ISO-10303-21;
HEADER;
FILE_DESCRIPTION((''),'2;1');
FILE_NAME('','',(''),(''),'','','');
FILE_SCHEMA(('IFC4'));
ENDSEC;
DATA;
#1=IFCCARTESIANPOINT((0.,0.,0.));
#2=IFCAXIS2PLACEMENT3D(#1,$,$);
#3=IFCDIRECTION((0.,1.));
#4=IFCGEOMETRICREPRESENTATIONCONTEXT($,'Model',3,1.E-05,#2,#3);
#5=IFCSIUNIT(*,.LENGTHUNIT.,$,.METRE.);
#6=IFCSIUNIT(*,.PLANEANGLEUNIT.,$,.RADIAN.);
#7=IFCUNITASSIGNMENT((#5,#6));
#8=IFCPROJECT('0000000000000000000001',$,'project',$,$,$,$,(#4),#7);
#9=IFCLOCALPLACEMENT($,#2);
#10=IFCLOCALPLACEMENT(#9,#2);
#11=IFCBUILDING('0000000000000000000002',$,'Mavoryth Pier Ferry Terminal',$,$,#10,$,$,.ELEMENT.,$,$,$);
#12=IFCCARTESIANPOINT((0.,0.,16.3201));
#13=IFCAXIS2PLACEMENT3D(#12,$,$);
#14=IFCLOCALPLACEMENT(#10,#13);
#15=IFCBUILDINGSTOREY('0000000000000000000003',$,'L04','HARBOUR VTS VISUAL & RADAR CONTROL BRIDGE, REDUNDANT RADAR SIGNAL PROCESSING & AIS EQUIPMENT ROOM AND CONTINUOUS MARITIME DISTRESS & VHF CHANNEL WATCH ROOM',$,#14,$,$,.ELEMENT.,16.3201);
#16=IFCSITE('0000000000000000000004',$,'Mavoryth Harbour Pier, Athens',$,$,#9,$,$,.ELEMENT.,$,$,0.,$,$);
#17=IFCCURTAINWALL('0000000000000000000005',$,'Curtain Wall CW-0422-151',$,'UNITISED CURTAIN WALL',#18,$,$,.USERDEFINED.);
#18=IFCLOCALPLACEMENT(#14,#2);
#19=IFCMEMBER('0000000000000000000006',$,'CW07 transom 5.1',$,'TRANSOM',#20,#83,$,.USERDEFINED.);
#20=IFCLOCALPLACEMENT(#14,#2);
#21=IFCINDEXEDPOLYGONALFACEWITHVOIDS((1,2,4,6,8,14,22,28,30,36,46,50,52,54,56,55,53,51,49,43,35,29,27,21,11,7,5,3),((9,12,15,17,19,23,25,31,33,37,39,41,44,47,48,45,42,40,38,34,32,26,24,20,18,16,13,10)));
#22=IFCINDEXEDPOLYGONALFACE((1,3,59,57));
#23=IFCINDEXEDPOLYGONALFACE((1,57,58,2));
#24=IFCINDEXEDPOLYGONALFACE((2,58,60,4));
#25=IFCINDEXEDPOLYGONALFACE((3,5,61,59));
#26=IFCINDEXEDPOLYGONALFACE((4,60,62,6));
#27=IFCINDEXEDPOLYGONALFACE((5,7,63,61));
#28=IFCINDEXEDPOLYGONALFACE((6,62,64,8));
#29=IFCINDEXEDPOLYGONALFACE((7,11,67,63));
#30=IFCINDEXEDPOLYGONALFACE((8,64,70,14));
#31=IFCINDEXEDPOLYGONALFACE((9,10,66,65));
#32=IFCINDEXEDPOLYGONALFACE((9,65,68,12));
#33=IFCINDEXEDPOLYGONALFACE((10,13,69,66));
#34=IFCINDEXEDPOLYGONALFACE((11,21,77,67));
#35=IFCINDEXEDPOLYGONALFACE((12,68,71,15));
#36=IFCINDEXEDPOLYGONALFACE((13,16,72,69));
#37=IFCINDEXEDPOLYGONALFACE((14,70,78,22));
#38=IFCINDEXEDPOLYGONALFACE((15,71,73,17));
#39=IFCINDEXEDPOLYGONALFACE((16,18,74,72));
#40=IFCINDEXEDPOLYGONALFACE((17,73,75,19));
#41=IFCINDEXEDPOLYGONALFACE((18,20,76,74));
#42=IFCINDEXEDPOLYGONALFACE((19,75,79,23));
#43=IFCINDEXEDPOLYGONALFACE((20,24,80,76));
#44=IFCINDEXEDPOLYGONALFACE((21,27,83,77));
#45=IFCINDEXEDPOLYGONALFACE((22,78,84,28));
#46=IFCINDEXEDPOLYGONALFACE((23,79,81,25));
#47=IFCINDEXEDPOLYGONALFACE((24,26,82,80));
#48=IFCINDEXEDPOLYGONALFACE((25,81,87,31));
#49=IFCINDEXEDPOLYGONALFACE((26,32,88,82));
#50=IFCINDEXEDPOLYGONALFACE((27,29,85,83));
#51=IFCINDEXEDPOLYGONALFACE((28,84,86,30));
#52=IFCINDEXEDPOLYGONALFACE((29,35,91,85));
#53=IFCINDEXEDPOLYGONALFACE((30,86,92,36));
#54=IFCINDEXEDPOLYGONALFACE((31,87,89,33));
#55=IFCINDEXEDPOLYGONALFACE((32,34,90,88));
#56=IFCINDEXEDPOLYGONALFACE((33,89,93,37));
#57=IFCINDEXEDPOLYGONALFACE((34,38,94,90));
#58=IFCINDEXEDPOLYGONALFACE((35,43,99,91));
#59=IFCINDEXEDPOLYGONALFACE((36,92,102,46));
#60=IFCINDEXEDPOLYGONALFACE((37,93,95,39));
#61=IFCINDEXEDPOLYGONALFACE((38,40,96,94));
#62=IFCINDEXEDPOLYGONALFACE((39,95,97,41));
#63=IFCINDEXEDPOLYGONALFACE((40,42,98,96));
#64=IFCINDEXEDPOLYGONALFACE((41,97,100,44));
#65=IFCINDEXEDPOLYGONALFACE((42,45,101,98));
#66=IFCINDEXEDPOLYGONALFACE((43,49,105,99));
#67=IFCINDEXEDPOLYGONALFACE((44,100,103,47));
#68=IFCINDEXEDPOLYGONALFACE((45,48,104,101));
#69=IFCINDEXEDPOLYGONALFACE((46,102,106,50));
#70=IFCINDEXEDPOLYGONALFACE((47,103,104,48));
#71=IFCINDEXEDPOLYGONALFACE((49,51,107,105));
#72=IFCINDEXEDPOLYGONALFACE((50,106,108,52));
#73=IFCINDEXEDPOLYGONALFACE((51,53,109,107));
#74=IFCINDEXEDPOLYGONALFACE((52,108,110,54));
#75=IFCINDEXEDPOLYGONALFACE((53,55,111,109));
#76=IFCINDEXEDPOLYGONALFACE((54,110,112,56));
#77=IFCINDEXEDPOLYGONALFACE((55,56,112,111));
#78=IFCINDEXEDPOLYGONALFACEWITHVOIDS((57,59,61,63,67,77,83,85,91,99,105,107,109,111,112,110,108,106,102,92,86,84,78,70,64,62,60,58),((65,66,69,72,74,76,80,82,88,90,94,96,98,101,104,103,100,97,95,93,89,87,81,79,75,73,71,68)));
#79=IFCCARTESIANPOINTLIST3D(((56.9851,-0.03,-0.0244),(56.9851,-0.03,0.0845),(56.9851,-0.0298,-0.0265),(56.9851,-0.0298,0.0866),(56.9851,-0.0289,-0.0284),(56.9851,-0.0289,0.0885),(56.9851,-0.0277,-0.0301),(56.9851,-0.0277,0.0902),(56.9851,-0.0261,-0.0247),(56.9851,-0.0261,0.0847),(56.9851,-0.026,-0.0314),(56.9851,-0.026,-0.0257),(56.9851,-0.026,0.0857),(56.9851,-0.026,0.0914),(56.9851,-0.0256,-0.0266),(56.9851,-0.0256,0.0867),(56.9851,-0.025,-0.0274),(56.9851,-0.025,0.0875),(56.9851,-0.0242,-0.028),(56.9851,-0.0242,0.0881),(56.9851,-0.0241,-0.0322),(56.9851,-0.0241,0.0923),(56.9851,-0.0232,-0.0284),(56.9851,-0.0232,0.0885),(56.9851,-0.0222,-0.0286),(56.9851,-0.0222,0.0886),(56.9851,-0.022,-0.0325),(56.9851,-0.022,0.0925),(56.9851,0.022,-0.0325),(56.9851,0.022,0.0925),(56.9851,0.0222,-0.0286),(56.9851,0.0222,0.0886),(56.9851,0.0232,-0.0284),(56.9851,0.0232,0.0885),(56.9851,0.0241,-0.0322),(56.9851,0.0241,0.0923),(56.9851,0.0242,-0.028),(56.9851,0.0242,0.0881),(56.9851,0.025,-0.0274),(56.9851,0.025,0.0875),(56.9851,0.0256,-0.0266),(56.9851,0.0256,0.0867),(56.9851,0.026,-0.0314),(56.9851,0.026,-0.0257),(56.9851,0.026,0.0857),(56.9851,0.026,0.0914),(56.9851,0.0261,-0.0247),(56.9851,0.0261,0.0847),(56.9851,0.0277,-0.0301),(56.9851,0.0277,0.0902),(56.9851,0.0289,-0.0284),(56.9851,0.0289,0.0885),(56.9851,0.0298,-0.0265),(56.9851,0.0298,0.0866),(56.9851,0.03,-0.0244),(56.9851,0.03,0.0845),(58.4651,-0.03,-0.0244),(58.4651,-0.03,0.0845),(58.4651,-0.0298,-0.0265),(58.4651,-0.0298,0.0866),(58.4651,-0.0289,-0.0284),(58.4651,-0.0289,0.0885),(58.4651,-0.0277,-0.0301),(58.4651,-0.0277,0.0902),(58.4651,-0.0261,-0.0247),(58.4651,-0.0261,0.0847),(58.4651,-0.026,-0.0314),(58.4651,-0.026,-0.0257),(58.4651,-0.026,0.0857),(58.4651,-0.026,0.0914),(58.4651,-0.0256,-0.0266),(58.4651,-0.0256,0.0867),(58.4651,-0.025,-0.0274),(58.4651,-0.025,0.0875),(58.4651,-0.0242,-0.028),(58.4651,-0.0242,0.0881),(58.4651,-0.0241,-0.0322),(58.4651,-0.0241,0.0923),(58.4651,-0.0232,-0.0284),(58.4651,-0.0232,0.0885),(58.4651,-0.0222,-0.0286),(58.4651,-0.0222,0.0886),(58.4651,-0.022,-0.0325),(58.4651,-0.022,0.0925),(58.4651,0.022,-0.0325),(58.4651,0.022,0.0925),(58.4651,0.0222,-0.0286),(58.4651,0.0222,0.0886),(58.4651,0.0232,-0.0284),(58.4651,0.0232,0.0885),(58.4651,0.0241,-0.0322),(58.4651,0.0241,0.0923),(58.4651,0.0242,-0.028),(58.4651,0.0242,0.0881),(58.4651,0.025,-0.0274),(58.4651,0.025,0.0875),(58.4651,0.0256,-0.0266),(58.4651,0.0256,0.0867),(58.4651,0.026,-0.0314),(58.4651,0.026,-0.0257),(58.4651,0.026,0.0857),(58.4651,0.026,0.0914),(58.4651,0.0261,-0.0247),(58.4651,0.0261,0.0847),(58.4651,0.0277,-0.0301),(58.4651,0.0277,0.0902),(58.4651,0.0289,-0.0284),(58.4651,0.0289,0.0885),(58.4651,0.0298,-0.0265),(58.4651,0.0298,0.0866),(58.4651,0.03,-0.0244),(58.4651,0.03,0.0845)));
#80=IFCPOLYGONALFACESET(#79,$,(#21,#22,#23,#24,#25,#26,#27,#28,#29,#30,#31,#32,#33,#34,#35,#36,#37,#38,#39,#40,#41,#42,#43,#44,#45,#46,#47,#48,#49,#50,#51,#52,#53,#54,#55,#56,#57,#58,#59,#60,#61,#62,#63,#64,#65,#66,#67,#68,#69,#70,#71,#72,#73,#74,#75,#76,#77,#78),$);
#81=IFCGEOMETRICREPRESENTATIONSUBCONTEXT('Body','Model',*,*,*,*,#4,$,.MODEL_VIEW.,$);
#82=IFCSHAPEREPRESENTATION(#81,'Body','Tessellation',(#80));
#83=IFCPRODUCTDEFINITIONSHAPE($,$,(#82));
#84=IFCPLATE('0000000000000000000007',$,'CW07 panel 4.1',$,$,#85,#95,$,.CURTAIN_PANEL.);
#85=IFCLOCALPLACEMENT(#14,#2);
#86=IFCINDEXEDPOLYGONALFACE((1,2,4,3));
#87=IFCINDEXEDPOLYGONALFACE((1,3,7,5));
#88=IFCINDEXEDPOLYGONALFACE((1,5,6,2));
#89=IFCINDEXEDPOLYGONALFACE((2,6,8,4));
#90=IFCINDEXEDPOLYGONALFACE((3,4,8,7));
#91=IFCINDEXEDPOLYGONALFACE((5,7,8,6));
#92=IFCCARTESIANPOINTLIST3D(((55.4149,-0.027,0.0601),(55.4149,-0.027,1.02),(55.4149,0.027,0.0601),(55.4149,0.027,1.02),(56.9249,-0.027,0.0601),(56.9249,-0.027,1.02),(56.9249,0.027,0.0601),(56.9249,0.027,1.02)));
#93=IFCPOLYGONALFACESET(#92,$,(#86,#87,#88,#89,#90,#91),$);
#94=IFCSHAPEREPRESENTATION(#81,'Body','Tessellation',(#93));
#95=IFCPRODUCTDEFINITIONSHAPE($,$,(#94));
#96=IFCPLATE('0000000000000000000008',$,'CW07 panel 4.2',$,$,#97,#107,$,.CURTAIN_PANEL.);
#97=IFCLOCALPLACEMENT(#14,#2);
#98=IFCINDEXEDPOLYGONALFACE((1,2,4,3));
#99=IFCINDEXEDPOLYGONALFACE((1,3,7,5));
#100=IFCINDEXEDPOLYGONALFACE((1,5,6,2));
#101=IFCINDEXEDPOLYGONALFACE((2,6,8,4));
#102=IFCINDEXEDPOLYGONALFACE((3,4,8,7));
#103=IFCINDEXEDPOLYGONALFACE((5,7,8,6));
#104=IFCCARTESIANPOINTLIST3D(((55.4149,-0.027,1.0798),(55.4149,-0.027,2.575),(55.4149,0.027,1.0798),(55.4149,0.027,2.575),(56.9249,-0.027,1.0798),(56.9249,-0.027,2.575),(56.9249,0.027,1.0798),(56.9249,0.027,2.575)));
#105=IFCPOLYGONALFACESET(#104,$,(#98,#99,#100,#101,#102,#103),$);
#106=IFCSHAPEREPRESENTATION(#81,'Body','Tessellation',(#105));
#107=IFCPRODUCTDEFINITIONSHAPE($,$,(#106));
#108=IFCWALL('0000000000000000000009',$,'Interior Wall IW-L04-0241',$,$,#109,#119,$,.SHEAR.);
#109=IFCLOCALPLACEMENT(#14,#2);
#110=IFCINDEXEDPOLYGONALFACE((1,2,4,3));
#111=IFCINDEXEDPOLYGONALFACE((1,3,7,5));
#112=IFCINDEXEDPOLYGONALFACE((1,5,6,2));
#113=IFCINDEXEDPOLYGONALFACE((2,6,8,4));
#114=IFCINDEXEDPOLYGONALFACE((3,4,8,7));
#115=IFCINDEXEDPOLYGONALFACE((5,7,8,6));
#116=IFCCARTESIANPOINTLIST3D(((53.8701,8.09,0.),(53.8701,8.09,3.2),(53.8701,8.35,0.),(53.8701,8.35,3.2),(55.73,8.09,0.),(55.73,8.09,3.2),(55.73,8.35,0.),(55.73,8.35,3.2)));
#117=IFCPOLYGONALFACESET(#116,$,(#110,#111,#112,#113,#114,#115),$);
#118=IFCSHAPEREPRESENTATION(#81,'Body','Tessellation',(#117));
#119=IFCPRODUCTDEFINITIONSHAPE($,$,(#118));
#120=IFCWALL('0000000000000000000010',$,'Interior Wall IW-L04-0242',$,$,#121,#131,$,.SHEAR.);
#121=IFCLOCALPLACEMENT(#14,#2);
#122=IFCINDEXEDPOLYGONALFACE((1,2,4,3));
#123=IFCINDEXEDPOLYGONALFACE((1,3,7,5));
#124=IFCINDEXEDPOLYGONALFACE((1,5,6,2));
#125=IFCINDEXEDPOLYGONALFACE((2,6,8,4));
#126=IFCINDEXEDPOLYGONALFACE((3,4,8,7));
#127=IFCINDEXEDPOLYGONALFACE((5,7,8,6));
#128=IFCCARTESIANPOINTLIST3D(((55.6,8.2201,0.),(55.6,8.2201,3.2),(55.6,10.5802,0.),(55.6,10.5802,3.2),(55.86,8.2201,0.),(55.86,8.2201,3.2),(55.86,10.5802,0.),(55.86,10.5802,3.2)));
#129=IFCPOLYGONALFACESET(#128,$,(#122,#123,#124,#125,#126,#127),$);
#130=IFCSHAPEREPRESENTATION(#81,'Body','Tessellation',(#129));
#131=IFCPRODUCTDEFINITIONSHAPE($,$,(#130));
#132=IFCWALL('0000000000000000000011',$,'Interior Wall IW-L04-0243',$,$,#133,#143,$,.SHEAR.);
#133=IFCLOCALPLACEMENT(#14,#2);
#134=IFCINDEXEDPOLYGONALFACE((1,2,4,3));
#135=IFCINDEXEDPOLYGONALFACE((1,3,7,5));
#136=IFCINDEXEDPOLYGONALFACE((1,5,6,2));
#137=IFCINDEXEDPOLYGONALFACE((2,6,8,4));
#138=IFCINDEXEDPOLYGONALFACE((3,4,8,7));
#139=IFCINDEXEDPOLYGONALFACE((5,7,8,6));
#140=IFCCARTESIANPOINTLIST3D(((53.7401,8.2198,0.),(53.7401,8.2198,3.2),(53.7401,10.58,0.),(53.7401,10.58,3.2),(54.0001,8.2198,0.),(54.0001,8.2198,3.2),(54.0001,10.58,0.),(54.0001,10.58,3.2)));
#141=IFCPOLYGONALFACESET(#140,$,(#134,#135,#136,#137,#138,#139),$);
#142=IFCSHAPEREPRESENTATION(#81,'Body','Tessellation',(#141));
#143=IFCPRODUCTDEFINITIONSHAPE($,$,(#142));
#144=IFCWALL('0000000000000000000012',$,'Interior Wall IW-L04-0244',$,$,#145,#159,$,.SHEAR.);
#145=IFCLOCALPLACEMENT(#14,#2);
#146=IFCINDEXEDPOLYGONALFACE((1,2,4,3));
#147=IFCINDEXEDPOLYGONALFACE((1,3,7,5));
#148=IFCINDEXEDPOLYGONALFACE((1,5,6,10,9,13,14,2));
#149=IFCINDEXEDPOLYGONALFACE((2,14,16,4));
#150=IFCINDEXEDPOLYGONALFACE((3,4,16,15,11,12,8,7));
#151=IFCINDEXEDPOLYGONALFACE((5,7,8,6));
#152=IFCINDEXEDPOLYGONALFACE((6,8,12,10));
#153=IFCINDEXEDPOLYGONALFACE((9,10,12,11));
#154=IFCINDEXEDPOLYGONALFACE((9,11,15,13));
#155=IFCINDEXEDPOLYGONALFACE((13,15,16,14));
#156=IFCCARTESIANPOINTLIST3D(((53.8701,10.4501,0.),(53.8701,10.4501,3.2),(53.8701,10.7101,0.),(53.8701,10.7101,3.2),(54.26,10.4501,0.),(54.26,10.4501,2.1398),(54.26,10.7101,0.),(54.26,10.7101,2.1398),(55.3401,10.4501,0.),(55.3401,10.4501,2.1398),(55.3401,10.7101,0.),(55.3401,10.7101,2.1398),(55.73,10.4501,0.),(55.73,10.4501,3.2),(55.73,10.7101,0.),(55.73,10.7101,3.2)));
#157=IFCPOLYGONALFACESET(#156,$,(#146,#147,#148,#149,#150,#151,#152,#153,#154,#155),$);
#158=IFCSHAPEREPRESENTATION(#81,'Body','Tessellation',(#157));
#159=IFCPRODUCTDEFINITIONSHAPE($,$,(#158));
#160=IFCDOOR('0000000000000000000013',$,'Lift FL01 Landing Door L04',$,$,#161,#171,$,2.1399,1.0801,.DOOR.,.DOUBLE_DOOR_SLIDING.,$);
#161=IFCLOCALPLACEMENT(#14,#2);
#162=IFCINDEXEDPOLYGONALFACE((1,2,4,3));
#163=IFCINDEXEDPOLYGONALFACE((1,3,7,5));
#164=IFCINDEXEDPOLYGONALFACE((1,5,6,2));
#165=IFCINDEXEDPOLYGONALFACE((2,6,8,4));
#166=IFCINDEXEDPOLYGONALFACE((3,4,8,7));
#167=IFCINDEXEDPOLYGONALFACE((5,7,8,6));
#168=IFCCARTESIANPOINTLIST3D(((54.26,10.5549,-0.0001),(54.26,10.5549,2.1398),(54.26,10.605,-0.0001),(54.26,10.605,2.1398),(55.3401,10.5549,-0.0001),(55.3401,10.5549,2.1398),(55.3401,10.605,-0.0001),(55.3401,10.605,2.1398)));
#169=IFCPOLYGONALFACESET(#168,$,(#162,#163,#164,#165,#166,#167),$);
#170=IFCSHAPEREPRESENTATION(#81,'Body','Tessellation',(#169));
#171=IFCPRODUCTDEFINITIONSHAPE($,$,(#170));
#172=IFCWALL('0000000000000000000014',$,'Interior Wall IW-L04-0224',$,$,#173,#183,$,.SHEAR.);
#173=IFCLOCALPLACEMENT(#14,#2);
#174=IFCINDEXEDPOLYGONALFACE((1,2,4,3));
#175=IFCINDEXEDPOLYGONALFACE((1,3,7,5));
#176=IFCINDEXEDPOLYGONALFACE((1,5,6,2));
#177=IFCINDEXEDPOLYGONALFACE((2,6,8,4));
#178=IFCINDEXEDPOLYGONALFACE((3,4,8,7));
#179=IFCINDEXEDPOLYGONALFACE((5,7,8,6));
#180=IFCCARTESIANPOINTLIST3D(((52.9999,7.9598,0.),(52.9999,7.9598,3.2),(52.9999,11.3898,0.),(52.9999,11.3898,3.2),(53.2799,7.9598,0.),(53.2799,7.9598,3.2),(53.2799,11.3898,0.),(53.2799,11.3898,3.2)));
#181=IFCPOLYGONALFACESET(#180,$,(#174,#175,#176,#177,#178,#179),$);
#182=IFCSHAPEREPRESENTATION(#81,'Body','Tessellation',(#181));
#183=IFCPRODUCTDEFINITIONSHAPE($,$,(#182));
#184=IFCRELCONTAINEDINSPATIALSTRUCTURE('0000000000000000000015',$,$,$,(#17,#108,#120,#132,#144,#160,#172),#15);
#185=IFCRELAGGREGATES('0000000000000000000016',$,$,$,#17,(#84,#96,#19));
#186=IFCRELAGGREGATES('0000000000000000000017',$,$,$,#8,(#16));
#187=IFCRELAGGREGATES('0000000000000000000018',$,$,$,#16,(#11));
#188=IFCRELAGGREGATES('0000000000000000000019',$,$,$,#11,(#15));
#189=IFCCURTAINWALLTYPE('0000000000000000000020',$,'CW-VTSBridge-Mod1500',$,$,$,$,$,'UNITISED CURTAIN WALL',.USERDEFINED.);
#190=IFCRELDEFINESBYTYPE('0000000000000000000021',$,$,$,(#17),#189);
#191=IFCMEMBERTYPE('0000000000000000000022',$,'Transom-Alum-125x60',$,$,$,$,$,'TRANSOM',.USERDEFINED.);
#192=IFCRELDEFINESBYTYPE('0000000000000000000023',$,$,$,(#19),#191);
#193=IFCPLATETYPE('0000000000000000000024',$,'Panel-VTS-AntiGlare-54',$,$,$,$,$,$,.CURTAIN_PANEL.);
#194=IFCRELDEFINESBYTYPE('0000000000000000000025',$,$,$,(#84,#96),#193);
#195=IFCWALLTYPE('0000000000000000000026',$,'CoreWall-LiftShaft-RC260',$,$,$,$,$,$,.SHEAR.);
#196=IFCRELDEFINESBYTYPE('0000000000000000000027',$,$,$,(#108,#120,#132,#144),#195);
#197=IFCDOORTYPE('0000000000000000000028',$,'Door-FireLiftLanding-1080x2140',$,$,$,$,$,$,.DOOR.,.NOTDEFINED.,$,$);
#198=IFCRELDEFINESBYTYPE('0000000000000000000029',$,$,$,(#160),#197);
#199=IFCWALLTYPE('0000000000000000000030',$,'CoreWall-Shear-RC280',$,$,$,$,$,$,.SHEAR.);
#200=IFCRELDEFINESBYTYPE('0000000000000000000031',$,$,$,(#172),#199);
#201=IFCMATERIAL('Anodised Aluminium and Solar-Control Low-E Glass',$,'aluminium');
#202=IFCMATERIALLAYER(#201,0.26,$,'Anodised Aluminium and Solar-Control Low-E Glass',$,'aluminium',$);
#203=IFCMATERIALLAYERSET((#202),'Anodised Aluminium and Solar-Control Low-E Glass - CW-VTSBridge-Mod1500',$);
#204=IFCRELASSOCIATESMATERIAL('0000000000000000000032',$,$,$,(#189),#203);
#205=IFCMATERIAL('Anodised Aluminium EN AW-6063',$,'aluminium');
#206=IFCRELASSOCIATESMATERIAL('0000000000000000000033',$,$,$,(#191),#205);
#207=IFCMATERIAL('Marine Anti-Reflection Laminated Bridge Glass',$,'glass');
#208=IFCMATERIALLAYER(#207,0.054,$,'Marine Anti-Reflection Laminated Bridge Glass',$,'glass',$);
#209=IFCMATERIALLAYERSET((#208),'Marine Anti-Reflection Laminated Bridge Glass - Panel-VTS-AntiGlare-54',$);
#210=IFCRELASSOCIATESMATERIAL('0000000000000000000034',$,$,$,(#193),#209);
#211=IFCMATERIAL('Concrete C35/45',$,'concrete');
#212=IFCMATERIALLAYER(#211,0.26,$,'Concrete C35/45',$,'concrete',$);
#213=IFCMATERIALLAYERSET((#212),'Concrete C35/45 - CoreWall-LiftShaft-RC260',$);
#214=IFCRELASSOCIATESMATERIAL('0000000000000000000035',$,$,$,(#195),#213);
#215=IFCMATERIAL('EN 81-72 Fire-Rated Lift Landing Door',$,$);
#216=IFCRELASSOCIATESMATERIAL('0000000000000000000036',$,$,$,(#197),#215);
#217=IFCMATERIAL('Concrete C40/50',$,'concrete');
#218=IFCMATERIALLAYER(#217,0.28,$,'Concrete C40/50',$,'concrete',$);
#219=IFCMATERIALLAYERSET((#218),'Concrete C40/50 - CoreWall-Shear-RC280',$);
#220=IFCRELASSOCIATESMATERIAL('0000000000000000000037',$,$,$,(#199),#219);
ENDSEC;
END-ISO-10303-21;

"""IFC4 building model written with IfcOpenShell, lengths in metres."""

from ifc_helpers import new_model, si_unit, direction, frame, frame_2d, origin, origin_2d, place, context, subcontext, project, spatial, rectangle, hollow_rectangle, extrude, material, layer, layer_set, material_profile, profile_set, type_object, element, fill, aggregate, save


model = new_model("IFC4")

# Units and contexts
model_context = context("Model", 3, precision=1e-05, world=origin(), true_north=direction((0.0, 1.0)))
body_context = subcontext(model_context, "Body", "Model", "MODEL_VIEW")
ifc_project = project(units=[si_unit("LENGTHUNIT", "METRE"), si_unit("PLANEANGLEUNIT", "RADIAN")], contexts=[model_context])

# Site, building, storey
site_placement = place(None, origin())
site = spatial("IfcSite", under=ifc_project, at=site_placement, Name="Mavoryth Harbour Pier, Athens", CompositionType="ELEMENT", RefElevation=0.0)
building_placement = place(site_placement, origin())
building = spatial("IfcBuilding", under=site, at=building_placement, Name="Mavoryth Pier Ferry Terminal", CompositionType="ELEMENT")
storey_placement = place(building_placement, frame((0.0, 0.0, 16.3201)))
storey = spatial("IfcBuildingStorey", under=building, at=storey_placement, Name="L04", Description="HARBOUR VTS VISUAL & RADAR CONTROL BRIDGE, REDUNDANT RADAR SIGNAL PROCESSING & AIS EQUIPMENT ROOM AND CONTINUOUS MARITIME DISTRESS & VHF CHANNEL WATCH ROOM", CompositionType="ELEMENT", Elevation=16.3201)

# Shared definitions
ifc_material_1 = material(Name="Concrete C40/50", Category="concrete")

# Shared definitions
ifc_material_2 = material(Name="Concrete C35/45", Category="concrete")

# Curtain wall, member, plates
ifc_material_3 = material(Name="Anodised Aluminium and Solar-Control Low-E Glass", Category="aluminium")
ifc_layer_1 = layer(ifc_material_3, 0.26, Name="Anodised Aluminium and Solar-Control Low-E Glass", Category="aluminium")
ifc_layer_set_1 = layer_set([ifc_layer_1], Name="Anodised Aluminium and Solar-Control Low-E Glass - CW-VTSBridge-Mod1500")
curtain_wall_type = type_object("IfcCurtainWallType", Name="CW-VTSBridge-Mod1500", ElementType="UNITISED CURTAIN WALL", PredefinedType="USERDEFINED", material=ifc_layer_set_1)
curtain_wall_placement = place(storey_placement, origin())
curtain_wall = element("IfcCurtainWall", 1, at=curtain_wall_placement, inside=storey, type_object=curtain_wall_type, Name="Curtain Wall CW-0422-151", ObjectType="UNITISED CURTAIN WALL", PredefinedType="USERDEFINED")
ifc_material_4 = material(Name="Anodised Aluminium EN AW-6063", Category="aluminium")
ifc_material_profile_1 = material_profile(ifc_material_4, hollow_rectangle(XDim=0.0601, YDim=0.125, WallThickness=0.0039, InnerFilletRadius=0.0039, OuterFilletRadius=0.0081, at=origin_2d()), Name="AL-TRAN 125x60x4", Category="aluminium")
ifc_profile_set_1 = profile_set([ifc_material_profile_1], Name="Anodised Aluminium EN AW-6063 - AL-TRAN 125x60x4")
member_type_1 = type_object("IfcMemberType", Name="Transom-Alum-125x60", ElementType="TRANSOM", PredefinedType="USERDEFINED", material=ifc_profile_set_1)
member_1_placement = place(storey_placement, frame((56.9851, 0.0, 0.03), z_axis=(1.0, 0.0, 0.0), x_axis=(0.0, 1.0, 0.0)))
member_1 = element("IfcMember", 2, at=member_1_placement, type_object=member_type_1, Name="CW07 transom 5.1", ObjectType="TRANSOM", PredefinedType="USERDEFINED", context=body_context, shape_type="SweptSolid", body=[
    extrude(hollow_rectangle(XDim=0.0601, YDim=0.125, WallThickness=0.0039, InnerFilletRadius=0.0039, OuterFilletRadius=0.0081, at=origin_2d()), origin(), (0.0, 0.0, 1.0), 1.48),
])
ifc_material_5 = material(Name="Marine Anti-Reflection Laminated Bridge Glass", Category="glass")
ifc_layer_2 = layer(ifc_material_5, 0.054, Name="Marine Anti-Reflection Laminated Bridge Glass", Category="glass")
ifc_layer_set_2 = layer_set([ifc_layer_2], Name="Marine Anti-Reflection Laminated Bridge Glass - Panel-VTS-AntiGlare-54")
plate_type = type_object("IfcPlateType", Name="Panel-VTS-AntiGlare-54", PredefinedType="CURTAIN_PANEL", material=ifc_layer_set_2)
plate_1_placement = place(storey_placement, frame((56.1699, 0.0, 0.0601), z_axis=(0.0, 0.0, 1.0), x_axis=(1.0, 0.0, 0.0)))
plate_1 = element("IfcPlate", 3, at=plate_1_placement, type_object=plate_type, Name="CW07 panel 4.1", PredefinedType="CURTAIN_PANEL", context=body_context, shape_type="SweptSolid", body=[
    extrude(rectangle(XDim=1.51, YDim=0.054, at=origin_2d()), origin(), (0.0, 0.0, 1.0), 0.96),
])
plate_2_placement = place(storey_placement, frame((56.1699, 0.0, 1.0798), z_axis=(0.0, 0.0, 1.0), x_axis=(1.0, 0.0, 0.0)))
plate_2 = element("IfcPlate", 4, at=plate_2_placement, type_object=plate_type, Name="CW07 panel 4.2", PredefinedType="CURTAIN_PANEL", context=body_context, shape_type="SweptSolid", body=[
    extrude(rectangle(XDim=1.51, YDim=0.054, at=origin_2d()), origin(), (0.0, 0.0, 1.0), 1.4951),
])
aggregate(curtain_wall, [plate_1, plate_2, member_1])

# Walls
ifc_layer_3 = layer(ifc_material_2, 0.26, Name="Concrete C35/45", Category="concrete")
ifc_layer_set_3 = layer_set([ifc_layer_3], Name="Concrete C35/45 - CoreWall-LiftShaft-RC260")
wall_type_1 = type_object("IfcWallType", Name="CoreWall-LiftShaft-RC260", PredefinedType="SHEAR", material=ifc_layer_set_3)
wall_1_placement = place(storey_placement, frame((53.8701, 8.22, 0.0), z_axis=(0.0, 0.0, 1.0), x_axis=(1.0, 0.0, 0.0)))
element("IfcWall", 5, at=wall_1_placement, inside=storey, type_object=wall_type_1, Name="Interior Wall IW-L04-0241", PredefinedType="SHEAR", context=body_context, shape_type="SweptSolid", body=[
    extrude(rectangle(XDim=1.8599, YDim=0.26, at=frame_2d((0.9299, 0.0))), origin(), (0.0, 0.0, 1.0), 3.2),
])
for number, where, z_axis, x_axis, name in (
    (6, (55.73, 8.22, 0.0), (0.0, 0.0, 1.0), (0.0, 1.0, 0.0), "Interior Wall IW-L04-0242"),
    (7, (53.8701, 10.5801, 0.0), (0.0, 0.0, 1.0), (0.0, -1.0, 0.0), "Interior Wall IW-L04-0243"),
):
    element("IfcWall", number, at=place(storey_placement, frame(where, z_axis=z_axis, x_axis=x_axis)), inside=storey, type_object=wall_type_1, Name=name, PredefinedType="SHEAR", context=body_context, shape_type="SweptSolid", body=[
        extrude(rectangle(XDim=2.3601, YDim=0.26, at=frame_2d((1.1802, 0.0))), origin(), (0.0, 0.0, 1.0), 3.2),
    ])

# Wall, opening, door
wall_2_placement = place(storey_placement, frame((53.8701, 10.5801, 0.0), z_axis=(0.0, 0.0, 1.0), x_axis=(1.0, 0.0, 0.0)))
wall_2 = element("IfcWall", 8, at=wall_2_placement, inside=storey, type_object=wall_type_1, Name="Interior Wall IW-L04-0244", PredefinedType="SHEAR", context=body_context, shape_type="SweptSolid", body=[
    extrude(rectangle(XDim=1.8599, YDim=0.26, at=frame_2d((0.9299, 0.0))), origin(), (0.0, 0.0, 1.0), 3.2),
])
opening_1_placement = place(wall_2_placement, frame((0.3899, 0.0, 0.0)))
opening_1 = element("IfcOpeningElement", 9, at=opening_1_placement, cuts=wall_2, PredefinedType="OPENING", context=body_context, shape_type="SweptSolid", body=[
    extrude(rectangle(XDim=1.0801, YDim=2.1399, at=frame_2d((0.54, 1.0698))), frame((0.0, 0.1399, 0.0), z_axis=(0.0, -1.0, 0.0), x_axis=(1.0, 0.0, 0.0)), (0.0, 0.0, 1.0), 0.28),
])
ifc_material_6 = material(Name="EN 81-72 Fire-Rated Lift Landing Door")
door_type_1 = type_object("IfcDoorType", Name="Door-FireLiftLanding-1080x2140", OperationType="NOTDEFINED", PredefinedType="DOOR", material=ifc_material_6)
door_1_placement = place(opening_1_placement, origin())
door_1 = element("IfcDoor", 10, at=door_1_placement, inside=storey, type_object=door_type_1, Name="Lift FL01 Landing Door L04", OperationType="DOUBLE_DOOR_SLIDING", OverallHeight=2.1399, OverallWidth=1.0801, PredefinedType="DOOR", context=body_context, shape_type="SweptSolid", body=[
    extrude(rectangle(XDim=1.0801, YDim=2.1399, at=frame_2d((0.54, 1.0698))), frame((0.0, 0.0249, 0.0), z_axis=(0.0, -1.0, 0.0), x_axis=(1.0, 0.0, 0.0)), (0.0, 0.0, 1.0), 0.05),
])
fill(opening_1, door_1)

# Wall
ifc_layer_4 = layer(ifc_material_1, 0.28, Name="Concrete C40/50", Category="concrete")
ifc_layer_set_4 = layer_set([ifc_layer_4], Name="Concrete C40/50 - CoreWall-Shear-RC280")
wall_type_2 = type_object("IfcWallType", Name="CoreWall-Shear-RC280", PredefinedType="SHEAR", material=ifc_layer_set_4)
wall_3_placement = place(storey_placement, frame((53.1399, 7.96, 0.0), z_axis=(0.0, 0.0, 1.0), x_axis=(0.0, 1.0, 0.0)))
element("IfcWall", 11, at=wall_3_placement, inside=storey, type_object=wall_type_2, Name="Interior Wall IW-L04-0224", PredefinedType="SHEAR", context=body_context, shape_type="SweptSolid", body=[
    extrude(rectangle(XDim=3.4299, YDim=0.28, at=frame_2d((1.7148, 0.0))), origin(), (0.0, 0.0, 1.0), 3.2),
])

save(model, "model.ifc")
